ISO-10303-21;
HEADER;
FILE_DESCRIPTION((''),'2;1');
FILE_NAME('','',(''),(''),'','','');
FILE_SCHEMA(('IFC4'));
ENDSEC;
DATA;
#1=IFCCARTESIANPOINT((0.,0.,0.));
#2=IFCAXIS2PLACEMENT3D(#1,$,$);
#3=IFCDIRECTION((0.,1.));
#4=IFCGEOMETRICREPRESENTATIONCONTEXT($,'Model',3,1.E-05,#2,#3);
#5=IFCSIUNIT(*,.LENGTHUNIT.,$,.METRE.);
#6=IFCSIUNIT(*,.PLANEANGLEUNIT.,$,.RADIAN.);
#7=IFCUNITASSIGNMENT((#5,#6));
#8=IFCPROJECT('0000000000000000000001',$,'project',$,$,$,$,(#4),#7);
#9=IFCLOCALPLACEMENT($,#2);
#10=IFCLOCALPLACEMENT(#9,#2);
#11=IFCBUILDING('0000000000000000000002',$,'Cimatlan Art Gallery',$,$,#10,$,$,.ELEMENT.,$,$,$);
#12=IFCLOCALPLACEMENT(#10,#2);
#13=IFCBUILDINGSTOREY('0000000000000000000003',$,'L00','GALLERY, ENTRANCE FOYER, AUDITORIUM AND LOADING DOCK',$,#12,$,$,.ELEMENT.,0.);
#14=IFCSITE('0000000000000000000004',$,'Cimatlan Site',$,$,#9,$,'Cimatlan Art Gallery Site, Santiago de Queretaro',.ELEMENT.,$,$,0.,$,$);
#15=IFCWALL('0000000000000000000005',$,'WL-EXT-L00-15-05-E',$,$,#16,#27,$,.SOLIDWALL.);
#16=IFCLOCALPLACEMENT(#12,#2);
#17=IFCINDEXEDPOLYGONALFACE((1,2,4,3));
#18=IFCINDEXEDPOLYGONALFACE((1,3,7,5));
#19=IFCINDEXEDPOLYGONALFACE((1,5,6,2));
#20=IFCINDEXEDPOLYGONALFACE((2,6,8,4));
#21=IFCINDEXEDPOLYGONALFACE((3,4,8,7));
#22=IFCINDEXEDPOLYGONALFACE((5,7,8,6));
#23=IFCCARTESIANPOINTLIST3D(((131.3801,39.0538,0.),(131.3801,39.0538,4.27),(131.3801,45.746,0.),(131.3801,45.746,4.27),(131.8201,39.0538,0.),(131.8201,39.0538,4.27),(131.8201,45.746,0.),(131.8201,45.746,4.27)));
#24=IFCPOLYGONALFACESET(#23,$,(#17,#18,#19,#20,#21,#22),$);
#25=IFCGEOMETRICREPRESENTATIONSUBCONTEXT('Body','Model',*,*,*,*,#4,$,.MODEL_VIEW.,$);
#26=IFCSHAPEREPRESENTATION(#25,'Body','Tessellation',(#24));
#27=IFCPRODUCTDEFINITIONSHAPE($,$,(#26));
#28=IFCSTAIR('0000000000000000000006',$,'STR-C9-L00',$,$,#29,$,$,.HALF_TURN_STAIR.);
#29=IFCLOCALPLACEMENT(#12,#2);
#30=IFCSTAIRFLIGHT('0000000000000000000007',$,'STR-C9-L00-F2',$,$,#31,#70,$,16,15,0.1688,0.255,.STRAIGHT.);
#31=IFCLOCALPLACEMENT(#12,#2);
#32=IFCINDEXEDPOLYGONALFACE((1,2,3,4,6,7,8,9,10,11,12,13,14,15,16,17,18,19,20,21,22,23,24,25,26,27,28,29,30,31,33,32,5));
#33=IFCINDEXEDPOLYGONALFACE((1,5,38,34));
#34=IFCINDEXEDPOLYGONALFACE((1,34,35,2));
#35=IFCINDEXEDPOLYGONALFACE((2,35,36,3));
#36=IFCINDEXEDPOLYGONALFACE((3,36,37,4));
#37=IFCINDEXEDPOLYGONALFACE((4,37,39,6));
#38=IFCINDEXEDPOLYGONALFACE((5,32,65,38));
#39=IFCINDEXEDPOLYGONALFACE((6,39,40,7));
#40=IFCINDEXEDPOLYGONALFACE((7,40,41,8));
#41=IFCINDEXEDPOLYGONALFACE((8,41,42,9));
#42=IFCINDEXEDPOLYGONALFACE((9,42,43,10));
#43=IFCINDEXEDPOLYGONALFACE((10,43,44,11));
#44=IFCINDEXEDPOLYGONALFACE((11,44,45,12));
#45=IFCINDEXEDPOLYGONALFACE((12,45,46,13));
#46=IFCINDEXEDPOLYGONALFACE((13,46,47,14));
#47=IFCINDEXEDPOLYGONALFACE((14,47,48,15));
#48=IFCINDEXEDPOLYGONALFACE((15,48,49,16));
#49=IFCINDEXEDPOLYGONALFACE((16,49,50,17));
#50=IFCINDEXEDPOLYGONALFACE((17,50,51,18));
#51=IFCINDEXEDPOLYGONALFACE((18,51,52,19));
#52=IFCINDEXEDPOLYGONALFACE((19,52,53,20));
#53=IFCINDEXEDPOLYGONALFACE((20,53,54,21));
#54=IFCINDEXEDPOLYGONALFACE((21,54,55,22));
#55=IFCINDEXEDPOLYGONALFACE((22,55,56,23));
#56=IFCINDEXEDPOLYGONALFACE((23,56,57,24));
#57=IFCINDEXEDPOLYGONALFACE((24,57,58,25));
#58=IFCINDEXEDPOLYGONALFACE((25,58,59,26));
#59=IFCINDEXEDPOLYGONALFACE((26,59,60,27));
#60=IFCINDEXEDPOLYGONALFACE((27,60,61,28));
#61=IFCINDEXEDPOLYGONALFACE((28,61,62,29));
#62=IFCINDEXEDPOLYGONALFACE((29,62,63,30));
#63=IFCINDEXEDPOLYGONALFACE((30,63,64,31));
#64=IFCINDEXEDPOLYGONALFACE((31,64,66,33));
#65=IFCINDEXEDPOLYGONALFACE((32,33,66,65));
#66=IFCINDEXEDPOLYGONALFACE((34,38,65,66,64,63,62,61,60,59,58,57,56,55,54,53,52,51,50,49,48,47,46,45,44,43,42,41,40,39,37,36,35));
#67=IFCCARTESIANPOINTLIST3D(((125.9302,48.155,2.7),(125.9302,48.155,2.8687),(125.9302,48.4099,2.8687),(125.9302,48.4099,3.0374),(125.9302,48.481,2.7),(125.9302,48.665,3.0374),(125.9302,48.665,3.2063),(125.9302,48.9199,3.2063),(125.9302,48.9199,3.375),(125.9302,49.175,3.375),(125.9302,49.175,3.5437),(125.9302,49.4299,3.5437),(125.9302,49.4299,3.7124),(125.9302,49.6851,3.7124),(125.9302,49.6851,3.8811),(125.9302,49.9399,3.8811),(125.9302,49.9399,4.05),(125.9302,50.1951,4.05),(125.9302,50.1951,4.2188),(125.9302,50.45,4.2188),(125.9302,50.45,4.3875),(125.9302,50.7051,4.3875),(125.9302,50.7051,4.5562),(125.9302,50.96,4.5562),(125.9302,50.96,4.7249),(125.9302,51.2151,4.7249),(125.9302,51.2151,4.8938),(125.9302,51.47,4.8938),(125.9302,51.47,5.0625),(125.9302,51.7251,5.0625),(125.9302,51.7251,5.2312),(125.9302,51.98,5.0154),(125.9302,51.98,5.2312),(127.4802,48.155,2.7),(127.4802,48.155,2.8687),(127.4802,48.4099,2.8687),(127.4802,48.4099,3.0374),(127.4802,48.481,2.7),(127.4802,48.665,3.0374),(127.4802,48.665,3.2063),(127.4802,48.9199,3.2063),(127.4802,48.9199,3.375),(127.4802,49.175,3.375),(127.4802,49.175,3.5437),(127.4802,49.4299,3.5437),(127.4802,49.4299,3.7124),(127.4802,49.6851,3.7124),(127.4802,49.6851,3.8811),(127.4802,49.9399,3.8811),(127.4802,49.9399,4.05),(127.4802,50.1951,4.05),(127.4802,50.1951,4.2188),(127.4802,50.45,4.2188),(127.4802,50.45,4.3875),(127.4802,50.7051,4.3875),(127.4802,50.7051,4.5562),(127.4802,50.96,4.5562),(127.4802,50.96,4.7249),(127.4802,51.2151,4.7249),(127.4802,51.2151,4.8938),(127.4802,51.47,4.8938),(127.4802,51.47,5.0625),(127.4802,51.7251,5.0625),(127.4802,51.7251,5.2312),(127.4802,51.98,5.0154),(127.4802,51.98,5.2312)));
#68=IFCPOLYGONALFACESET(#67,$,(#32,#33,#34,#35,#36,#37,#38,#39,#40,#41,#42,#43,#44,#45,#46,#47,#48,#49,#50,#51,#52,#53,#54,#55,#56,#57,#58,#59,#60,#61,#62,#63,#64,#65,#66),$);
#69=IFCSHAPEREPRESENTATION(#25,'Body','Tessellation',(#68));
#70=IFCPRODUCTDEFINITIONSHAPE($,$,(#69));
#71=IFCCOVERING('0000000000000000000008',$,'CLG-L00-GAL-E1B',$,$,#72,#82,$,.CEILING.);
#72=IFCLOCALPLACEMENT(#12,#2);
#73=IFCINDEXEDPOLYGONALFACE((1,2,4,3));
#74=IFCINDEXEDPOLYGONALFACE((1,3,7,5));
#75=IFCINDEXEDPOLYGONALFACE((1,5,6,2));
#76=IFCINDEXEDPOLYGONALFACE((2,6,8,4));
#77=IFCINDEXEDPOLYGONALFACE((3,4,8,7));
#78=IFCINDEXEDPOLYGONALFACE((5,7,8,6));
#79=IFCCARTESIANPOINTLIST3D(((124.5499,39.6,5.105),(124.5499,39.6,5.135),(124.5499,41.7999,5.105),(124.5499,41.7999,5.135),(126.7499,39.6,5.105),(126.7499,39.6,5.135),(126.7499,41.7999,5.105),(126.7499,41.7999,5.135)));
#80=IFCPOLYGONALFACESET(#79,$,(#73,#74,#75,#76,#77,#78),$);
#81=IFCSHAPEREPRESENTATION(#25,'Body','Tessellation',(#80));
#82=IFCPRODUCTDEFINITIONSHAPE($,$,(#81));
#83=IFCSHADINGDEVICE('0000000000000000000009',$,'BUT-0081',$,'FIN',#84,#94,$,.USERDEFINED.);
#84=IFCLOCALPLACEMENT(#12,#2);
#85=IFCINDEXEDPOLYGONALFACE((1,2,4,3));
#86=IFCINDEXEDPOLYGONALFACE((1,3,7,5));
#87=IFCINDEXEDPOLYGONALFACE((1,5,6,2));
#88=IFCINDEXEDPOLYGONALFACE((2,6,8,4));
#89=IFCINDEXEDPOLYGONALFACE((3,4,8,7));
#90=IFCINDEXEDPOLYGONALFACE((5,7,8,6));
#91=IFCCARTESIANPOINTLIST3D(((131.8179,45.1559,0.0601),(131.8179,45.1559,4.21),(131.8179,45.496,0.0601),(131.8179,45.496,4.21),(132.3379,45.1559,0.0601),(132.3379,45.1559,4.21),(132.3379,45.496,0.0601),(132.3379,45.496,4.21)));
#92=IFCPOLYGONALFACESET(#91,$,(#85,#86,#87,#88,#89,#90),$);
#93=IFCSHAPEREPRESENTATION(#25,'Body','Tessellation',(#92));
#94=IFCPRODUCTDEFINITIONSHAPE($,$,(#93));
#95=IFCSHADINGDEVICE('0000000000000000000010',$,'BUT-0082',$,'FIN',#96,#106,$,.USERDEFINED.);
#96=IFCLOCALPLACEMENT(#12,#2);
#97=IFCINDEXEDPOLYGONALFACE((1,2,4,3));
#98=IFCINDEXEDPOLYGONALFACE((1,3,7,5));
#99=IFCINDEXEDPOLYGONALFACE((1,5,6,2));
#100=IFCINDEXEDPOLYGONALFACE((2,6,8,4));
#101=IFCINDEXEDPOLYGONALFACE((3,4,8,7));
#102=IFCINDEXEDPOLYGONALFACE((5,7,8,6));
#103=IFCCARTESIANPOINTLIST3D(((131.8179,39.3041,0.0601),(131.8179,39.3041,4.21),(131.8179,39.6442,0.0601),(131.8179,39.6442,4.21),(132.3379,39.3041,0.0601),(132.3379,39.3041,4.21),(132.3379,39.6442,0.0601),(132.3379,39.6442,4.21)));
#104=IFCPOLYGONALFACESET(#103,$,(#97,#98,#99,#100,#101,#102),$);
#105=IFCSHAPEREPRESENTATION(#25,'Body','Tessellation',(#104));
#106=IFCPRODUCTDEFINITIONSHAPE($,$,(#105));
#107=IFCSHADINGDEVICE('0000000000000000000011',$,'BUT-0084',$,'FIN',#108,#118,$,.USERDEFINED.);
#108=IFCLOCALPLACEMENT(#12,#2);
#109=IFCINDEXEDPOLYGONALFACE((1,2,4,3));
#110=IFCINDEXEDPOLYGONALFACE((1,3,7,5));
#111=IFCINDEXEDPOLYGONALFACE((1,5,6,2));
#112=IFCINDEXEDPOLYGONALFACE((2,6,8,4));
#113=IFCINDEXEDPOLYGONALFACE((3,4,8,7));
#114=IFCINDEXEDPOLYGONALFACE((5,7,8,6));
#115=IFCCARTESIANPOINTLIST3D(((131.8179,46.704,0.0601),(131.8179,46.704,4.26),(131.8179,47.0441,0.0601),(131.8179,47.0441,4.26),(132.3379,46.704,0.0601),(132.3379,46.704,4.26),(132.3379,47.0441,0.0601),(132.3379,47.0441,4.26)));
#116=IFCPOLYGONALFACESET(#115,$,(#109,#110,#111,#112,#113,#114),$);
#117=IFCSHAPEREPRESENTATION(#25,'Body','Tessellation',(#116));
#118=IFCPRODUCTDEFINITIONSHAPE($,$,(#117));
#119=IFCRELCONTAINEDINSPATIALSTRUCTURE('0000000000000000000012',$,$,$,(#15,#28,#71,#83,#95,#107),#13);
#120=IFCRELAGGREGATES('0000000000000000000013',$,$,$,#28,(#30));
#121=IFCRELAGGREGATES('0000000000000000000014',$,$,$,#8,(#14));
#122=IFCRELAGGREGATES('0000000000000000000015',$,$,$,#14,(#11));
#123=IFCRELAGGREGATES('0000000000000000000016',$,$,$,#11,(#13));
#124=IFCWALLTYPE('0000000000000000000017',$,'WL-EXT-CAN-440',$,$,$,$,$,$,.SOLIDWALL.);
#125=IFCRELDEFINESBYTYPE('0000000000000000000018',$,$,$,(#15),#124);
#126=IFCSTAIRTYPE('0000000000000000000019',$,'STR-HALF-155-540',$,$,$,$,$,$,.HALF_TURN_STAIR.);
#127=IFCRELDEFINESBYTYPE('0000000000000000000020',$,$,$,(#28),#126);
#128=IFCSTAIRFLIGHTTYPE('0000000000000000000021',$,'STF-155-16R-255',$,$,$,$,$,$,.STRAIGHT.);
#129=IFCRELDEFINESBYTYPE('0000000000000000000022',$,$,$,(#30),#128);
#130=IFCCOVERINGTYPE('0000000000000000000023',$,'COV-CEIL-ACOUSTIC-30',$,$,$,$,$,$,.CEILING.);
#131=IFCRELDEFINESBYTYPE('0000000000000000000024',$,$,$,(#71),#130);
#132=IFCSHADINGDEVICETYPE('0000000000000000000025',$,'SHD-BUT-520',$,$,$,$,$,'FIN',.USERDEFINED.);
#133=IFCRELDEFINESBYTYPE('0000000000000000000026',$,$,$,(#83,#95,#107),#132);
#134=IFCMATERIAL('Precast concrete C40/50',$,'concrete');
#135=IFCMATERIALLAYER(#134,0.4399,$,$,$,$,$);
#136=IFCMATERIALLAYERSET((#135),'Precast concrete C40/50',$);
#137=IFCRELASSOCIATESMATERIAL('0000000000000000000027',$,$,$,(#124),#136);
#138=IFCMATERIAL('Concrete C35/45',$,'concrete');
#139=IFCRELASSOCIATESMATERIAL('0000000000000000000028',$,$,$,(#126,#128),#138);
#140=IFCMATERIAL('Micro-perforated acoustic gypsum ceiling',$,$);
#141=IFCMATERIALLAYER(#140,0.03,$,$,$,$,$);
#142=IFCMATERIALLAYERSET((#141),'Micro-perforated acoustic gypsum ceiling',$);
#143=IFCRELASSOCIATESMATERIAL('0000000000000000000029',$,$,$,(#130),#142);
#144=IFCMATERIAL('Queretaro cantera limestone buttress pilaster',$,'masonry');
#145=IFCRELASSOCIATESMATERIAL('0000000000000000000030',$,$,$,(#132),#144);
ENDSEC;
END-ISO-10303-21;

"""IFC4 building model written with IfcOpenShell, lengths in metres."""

from ifc_helpers import new_model, si_unit, direction, frame, frame_2d, origin, origin_2d, place, context, subcontext, project, spatial, polyline, rectangle, outline, extrude, material, layer, layer_set, type_object, element, aggregate, save


model = new_model("IFC4")

# Units and contexts
model_context = context("Model", 3, precision=1e-05, world=origin(), true_north=direction((0.0, 1.0)))
body_context = subcontext(model_context, "Body", "Model", "MODEL_VIEW")
ifc_project = project(units=[si_unit("LENGTHUNIT", "METRE"), si_unit("PLANEANGLEUNIT", "RADIAN")], contexts=[model_context])

# Site, building, storey
site_placement = place(None, origin())
site = spatial("IfcSite", under=ifc_project, at=site_placement, Name="Cimatlan Site", LongName="Cimatlan Art Gallery Site, Santiago de Queretaro", CompositionType="ELEMENT", RefElevation=0.0)
building_placement = place(site_placement, origin())
building = spatial("IfcBuilding", under=site, at=building_placement, Name="Cimatlan Art Gallery", CompositionType="ELEMENT")
storey_placement = place(building_placement, origin())
storey = spatial("IfcBuildingStorey", under=building, at=storey_placement, Name="L00", Description="GALLERY, ENTRANCE FOYER, AUDITORIUM AND LOADING DOCK", CompositionType="ELEMENT", Elevation=0.0)

# Wall
ifc_material_1 = material(Name="Precast concrete C40/50", Category="concrete")
ifc_layer_1 = layer(ifc_material_1, 0.4399)
ifc_layer_set_1 = layer_set([ifc_layer_1], Name="Precast concrete C40/50")
wall_type_1 = type_object("IfcWallType", Name="WL-EXT-CAN-440", PredefinedType="SOLIDWALL", material=ifc_layer_set_1)
wall_1_placement = place(storey_placement, frame((131.6001, 45.7461, 0.0), z_axis=(0.0, 0.0, 1.0), x_axis=(0.0, -1.0, 0.0)))
element("IfcWall", 1, at=wall_1_placement, inside=storey, type_object=wall_type_1, Name="WL-EXT-L00-15-05-E", PredefinedType="SOLIDWALL", context=body_context, shape_type="SweptSolid", body=[
    extrude(rectangle(XDim=6.6921, YDim=0.4399, at=frame_2d((3.3462, 0.0))), origin(), (0.0, 0.0, 1.0), 4.27),
])

# Stair, stair flight
ifc_material_2 = material(Name="Concrete C35/45", Category="concrete")
stair_type = type_object("IfcStairType", Name="STR-HALF-155-540", PredefinedType="HALF_TURN_STAIR", material=ifc_material_2)
stair_placement = place(storey_placement, origin())
stair = element("IfcStair", 2, at=stair_placement, inside=storey, type_object=stair_type, Name="STR-C9-L00", PredefinedType="HALF_TURN_STAIR")
stair_flight_type = type_object("IfcStairFlightType", Name="STF-155-16R-255", PredefinedType="STRAIGHT", material=ifc_material_2)
stair_flight_placement = place(storey_placement, frame((126.7051, 48.155, 2.7), z_axis=(0.0, 0.0, 1.0), x_axis=(0.0, 1.0, 0.0)))
stair_flight = element("IfcStairFlight", 3, at=stair_flight_placement, type_object=stair_flight_type, Name="STR-C9-L00-F2", NumberOfRisers=16, NumberOfTreads=15, PredefinedType="STRAIGHT", RiserHeight=0.1688, TreadLength=0.255, context=body_context, shape_type="SweptSolid", body=[
    extrude(outline(polyline([(0.0, 0.0), (0.0, 0.1687), (0.2549, 0.1687), (0.2549, 0.3374), (0.51, 0.3374), (0.51, 0.5063), (0.7649, 0.5063), (0.7649, 0.675), (1.02, 0.675), (1.02, 0.8438), (1.2749, 0.8438), (1.2749, 1.0125), (1.53, 1.0125), (1.53, 1.1812), (1.7849, 1.1812), (1.7849, 1.3501), (2.04, 1.3501), (2.04, 1.5188), (2.2949, 1.5188), (2.2949, 1.6875), (2.55, 1.6875), (2.55, 1.8562), (2.8049, 1.8562), (2.8049, 2.0249), (3.0601, 2.0249), (3.0601, 2.1938), (3.3149, 2.1938), (3.3149, 2.3625), (3.5701, 2.3625), (3.5701, 2.5312), (3.825, 2.5312), (3.825, 2.7), (3.825, 2.3154), (0.3259, 0.0), (0.0, 0.0)])), frame((0.0, 0.7749, 0.0), z_axis=(0.0, -1.0, 0.0), x_axis=(1.0, 0.0, 0.0)), (0.0, 0.0, 1.0), 1.55),
])
aggregate(stair, [stair_flight])

# Covering
ifc_material_3 = material(Name="Micro-perforated acoustic gypsum ceiling")
ifc_layer_2 = layer(ifc_material_3, 0.03)
ifc_layer_set_2 = layer_set([ifc_layer_2], Name="Micro-perforated acoustic gypsum ceiling")
covering_type = type_object("IfcCoveringType", Name="COV-CEIL-ACOUSTIC-30", PredefinedType="CEILING", material=ifc_layer_set_2)
covering_placement = place(storey_placement, frame((125.6499, 40.7, 5.105), z_axis=(0.0, 0.0, 1.0), x_axis=(1.0, 0.0, 0.0)))
element("IfcCovering", 4, at=covering_placement, inside=storey, type_object=covering_type, Name="CLG-L00-GAL-E1B", PredefinedType="CEILING", context=body_context, shape_type="SweptSolid", body=[
    extrude(rectangle(XDim=2.2, YDim=2.2, at=origin_2d()), origin(), (0.0, 0.0, 1.0), 0.03),
])

# Shading devices
ifc_material_4 = material(Name="Queretaro cantera limestone buttress pilaster", Category="masonry")
shading_device_type = type_object("IfcShadingDeviceType", Name="SHD-BUT-520", ElementType="FIN", PredefinedType="USERDEFINED", material=ifc_material_4)
for number, where, z_axis, x_axis, name in (
    (5, (132.0779, 45.3259, 0.0601), (0.0, 0.0, 1.0), (0.0, -1.0, 0.0), "BUT-0081"),
    (6, (132.0779, 39.4741, 0.0601), (0.0, 0.0, 1.0), (0.0, -1.0, 0.0), "BUT-0082"),
):
    element("IfcShadingDevice", number, at=place(storey_placement, frame(where, z_axis=z_axis, x_axis=x_axis)), inside=storey, type_object=shading_device_type, Name=name, ObjectType="FIN", PredefinedType="USERDEFINED", context=body_context, shape_type="SweptSolid", body=[
        extrude(rectangle(XDim=0.3401, YDim=0.52, at=origin_2d()), origin(), (0.0, 0.0, 1.0), 4.1499),
    ])
shading_device_placement = place(storey_placement, frame((132.0779, 46.874, 0.0601), z_axis=(0.0, 0.0, 1.0), x_axis=(0.0, -1.0, 0.0)))
element("IfcShadingDevice", 7, at=shading_device_placement, inside=storey, type_object=shading_device_type, Name="BUT-0084", ObjectType="FIN", PredefinedType="USERDEFINED", context=body_context, shape_type="SweptSolid", body=[
    extrude(rectangle(XDim=0.3401, YDim=0.52, at=origin_2d()), origin(), (0.0, 0.0, 1.0), 4.2),
])

save(model, "model.ifc")
